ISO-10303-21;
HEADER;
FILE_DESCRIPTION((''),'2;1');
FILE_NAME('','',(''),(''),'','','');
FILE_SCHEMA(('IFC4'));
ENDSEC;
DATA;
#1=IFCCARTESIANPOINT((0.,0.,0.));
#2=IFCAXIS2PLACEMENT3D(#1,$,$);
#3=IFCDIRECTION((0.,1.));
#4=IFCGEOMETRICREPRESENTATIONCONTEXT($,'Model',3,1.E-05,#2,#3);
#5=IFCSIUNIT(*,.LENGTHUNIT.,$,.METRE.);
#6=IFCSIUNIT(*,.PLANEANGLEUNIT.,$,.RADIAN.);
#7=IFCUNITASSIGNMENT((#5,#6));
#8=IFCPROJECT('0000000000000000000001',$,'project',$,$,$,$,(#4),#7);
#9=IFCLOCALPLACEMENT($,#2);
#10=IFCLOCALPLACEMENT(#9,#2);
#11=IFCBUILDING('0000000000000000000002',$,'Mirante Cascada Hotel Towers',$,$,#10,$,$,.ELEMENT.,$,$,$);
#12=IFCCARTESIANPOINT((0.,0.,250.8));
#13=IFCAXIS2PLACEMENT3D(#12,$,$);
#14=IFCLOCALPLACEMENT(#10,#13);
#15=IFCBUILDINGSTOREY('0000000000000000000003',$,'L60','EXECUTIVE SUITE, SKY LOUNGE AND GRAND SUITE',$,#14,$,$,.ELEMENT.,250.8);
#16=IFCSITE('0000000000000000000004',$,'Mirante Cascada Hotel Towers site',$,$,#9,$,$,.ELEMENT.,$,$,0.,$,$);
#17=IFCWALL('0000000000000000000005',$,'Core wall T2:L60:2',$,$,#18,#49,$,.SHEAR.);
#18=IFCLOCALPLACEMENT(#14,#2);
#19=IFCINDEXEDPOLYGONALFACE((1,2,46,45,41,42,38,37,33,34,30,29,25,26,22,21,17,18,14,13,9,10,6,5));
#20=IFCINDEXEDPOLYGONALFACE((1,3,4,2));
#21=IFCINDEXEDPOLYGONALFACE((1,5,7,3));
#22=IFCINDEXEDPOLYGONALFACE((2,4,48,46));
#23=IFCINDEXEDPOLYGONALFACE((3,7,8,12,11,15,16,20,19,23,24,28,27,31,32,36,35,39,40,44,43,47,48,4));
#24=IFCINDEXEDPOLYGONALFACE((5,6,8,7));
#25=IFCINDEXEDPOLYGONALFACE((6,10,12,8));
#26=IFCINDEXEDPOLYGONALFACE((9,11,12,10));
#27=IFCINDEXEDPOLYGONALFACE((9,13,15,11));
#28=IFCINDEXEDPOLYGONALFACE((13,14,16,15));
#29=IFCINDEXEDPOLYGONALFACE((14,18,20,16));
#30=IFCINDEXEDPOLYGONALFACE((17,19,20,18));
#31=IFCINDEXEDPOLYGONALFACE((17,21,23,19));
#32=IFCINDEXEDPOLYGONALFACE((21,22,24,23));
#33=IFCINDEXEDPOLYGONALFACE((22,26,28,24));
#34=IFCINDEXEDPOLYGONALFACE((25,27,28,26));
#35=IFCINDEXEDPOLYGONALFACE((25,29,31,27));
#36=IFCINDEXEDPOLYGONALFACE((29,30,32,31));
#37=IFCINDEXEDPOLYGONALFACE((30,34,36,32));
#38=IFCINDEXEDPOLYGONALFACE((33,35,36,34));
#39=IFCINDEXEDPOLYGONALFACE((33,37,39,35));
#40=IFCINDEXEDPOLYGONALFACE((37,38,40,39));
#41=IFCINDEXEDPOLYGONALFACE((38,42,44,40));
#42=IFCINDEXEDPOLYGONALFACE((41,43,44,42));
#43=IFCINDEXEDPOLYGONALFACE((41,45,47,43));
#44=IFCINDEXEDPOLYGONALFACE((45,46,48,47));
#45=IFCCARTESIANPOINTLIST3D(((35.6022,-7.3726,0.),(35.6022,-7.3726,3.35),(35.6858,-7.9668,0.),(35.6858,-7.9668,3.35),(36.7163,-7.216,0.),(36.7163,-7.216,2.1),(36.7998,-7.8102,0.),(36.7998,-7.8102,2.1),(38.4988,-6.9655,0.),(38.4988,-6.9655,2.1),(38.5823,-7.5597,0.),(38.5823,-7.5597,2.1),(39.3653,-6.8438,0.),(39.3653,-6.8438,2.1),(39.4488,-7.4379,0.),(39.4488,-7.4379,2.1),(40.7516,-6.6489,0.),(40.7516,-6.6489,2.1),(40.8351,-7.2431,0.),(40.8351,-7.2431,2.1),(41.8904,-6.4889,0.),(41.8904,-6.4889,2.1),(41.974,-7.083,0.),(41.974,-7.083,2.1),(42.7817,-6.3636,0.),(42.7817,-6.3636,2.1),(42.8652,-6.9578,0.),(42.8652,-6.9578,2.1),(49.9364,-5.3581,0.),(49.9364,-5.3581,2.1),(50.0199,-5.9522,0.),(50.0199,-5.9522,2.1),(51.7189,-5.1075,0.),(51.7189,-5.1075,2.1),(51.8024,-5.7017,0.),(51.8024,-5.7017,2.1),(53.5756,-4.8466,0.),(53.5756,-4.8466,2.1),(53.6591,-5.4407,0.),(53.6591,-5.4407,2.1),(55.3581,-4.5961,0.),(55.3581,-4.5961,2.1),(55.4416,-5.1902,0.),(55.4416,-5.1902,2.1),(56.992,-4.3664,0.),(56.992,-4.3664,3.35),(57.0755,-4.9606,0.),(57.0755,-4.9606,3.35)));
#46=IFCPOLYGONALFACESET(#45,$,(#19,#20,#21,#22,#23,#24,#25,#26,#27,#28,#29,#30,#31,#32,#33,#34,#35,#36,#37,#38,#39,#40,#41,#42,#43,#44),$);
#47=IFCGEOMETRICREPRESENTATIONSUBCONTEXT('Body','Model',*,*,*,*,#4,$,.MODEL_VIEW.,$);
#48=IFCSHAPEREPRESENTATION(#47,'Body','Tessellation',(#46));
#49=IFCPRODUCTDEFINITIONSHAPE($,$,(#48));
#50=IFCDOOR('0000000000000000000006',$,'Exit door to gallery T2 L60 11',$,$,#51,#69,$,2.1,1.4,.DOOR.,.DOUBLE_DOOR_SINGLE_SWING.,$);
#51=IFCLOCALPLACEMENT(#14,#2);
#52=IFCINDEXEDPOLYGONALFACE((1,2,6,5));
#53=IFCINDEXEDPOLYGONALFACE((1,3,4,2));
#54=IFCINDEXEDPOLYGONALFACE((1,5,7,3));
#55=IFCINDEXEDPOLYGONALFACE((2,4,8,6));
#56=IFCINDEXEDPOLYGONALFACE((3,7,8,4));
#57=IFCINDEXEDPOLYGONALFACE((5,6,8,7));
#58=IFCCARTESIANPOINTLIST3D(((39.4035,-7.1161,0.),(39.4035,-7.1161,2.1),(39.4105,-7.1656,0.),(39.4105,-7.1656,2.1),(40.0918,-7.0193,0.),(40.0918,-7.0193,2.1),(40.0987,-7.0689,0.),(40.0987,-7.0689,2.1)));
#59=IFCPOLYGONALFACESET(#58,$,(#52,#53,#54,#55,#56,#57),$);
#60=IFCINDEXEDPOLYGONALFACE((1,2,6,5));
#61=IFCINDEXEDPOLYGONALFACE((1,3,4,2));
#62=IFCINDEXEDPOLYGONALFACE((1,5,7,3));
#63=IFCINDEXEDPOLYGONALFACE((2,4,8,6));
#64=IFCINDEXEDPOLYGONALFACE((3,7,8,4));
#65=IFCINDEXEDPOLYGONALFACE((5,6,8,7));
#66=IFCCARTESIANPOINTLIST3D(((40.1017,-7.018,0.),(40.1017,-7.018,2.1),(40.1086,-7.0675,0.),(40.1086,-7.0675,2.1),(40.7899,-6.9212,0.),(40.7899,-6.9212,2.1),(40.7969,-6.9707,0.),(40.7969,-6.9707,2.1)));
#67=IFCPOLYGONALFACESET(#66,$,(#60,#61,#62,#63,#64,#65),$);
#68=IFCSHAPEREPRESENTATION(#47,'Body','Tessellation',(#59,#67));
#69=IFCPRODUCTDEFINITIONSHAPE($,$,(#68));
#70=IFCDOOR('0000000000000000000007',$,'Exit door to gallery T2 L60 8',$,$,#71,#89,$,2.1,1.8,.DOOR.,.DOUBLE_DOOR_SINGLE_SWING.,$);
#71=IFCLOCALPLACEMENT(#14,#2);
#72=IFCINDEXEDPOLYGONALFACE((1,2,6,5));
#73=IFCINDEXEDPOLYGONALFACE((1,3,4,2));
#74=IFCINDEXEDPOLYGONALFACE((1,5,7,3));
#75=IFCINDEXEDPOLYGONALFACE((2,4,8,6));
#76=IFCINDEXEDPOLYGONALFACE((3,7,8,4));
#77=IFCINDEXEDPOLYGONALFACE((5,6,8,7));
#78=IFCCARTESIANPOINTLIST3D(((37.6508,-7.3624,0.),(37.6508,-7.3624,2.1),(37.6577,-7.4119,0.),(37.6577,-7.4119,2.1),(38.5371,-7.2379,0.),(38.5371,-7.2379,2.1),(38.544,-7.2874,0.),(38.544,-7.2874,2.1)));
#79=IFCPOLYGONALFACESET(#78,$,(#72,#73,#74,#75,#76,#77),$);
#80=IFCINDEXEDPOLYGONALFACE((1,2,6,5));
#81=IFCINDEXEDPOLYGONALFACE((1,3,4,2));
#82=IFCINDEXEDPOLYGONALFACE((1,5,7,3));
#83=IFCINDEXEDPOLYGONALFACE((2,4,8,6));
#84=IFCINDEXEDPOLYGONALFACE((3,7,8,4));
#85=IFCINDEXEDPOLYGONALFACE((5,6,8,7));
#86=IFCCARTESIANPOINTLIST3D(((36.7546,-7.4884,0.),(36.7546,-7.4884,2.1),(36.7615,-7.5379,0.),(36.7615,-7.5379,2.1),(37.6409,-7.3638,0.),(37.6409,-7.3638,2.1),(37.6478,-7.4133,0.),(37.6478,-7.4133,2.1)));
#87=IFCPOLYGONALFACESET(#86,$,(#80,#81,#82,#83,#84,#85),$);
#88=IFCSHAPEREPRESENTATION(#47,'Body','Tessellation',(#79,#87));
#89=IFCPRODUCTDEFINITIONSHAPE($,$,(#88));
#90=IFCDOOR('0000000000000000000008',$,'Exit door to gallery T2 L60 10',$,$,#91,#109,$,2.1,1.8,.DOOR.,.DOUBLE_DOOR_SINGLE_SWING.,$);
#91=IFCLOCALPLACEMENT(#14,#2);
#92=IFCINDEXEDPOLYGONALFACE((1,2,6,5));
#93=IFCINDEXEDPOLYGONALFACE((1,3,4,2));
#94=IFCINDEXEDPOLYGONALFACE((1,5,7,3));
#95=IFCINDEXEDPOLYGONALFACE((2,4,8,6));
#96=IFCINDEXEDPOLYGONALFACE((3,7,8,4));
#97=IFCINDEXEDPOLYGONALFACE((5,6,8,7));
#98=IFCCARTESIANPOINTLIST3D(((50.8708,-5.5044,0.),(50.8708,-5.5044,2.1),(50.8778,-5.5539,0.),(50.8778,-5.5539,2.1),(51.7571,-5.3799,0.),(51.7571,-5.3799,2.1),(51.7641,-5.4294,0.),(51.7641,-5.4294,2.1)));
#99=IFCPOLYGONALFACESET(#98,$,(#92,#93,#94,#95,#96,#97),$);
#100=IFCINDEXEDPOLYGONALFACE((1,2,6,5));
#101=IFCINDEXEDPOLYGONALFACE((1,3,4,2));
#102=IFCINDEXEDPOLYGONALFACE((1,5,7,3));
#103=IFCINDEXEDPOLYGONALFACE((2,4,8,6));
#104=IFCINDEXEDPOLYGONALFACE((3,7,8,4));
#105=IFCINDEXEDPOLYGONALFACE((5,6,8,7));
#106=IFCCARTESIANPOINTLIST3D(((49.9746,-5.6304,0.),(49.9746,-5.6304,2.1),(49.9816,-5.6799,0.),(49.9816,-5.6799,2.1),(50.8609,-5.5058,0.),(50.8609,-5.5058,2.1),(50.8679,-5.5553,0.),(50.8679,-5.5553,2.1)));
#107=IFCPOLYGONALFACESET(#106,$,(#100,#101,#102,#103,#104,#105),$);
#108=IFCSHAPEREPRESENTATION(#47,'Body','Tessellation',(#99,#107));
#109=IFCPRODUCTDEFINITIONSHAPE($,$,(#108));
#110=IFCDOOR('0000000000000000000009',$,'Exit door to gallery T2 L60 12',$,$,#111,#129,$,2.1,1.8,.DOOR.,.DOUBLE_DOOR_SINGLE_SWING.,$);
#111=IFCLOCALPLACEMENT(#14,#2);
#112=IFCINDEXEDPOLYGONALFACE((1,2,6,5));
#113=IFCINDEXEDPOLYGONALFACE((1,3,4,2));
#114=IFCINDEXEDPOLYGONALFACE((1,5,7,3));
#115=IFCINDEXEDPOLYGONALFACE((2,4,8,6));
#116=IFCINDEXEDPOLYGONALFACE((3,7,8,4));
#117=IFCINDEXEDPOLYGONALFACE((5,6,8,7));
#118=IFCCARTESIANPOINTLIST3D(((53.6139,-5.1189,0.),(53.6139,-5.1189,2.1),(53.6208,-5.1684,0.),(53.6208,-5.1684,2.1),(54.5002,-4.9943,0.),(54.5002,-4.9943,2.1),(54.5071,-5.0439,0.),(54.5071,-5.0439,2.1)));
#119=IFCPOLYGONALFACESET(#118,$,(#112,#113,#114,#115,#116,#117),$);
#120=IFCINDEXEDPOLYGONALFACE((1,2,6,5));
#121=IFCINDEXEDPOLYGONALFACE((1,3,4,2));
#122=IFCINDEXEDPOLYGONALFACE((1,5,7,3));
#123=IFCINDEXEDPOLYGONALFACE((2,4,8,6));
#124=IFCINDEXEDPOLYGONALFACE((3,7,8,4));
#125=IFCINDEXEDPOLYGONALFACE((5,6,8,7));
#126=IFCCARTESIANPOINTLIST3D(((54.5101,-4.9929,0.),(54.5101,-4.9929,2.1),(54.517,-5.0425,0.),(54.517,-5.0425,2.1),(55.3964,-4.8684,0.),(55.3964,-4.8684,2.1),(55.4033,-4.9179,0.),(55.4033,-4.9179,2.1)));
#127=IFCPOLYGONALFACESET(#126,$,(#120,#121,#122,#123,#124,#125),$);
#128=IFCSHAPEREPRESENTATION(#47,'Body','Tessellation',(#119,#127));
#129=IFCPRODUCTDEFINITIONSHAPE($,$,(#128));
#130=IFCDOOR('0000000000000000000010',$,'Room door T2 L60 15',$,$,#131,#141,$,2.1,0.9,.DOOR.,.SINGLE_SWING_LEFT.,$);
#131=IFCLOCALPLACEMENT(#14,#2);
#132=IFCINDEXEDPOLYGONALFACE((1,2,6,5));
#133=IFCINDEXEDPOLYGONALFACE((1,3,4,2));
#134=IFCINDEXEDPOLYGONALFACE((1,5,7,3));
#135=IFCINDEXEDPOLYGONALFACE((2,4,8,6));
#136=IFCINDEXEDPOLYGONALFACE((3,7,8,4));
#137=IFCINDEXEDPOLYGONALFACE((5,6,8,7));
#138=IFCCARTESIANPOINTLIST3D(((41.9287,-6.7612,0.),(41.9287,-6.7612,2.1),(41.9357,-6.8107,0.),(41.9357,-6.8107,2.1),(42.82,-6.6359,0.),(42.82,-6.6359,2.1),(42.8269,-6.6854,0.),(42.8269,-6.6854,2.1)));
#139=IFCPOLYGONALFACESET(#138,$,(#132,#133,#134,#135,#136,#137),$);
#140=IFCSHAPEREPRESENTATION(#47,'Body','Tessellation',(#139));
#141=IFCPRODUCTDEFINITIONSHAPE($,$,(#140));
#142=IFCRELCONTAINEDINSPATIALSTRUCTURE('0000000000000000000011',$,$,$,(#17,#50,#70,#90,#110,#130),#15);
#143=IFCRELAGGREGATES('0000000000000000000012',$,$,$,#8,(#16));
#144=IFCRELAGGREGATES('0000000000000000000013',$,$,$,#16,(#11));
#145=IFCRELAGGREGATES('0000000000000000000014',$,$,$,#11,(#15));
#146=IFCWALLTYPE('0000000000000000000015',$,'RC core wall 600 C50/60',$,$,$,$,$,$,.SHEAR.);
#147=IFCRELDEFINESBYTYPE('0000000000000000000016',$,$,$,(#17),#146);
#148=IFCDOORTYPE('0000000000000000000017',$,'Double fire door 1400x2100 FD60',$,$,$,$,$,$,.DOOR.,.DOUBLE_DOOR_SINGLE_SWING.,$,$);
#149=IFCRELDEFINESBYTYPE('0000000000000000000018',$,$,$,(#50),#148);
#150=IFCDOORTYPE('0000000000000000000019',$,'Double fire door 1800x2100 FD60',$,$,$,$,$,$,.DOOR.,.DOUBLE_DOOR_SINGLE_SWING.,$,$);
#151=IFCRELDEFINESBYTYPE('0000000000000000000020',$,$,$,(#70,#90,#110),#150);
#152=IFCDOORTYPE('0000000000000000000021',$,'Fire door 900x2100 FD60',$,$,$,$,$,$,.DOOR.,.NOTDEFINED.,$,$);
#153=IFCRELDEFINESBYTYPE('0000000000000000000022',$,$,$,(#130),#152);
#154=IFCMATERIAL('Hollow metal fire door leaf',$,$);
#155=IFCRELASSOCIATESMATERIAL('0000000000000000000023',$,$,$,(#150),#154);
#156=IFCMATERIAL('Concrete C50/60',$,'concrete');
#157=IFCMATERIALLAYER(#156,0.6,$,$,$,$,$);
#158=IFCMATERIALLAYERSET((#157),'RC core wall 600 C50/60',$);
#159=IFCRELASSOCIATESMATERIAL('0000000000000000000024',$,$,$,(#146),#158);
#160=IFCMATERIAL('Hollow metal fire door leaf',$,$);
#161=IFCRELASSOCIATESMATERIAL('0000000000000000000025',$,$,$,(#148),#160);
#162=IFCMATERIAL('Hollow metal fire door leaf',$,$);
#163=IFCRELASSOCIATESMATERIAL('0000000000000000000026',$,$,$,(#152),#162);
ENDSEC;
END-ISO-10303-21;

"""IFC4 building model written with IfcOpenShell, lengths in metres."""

from ifc_helpers import new_model, si_unit, direction, frame, frame_2d, origin, place, context, subcontext, project, spatial, rectangle, extrude, material, layer, layer_set, type_object, element, fill, save


model = new_model("IFC4")

# Units and contexts
model_context = context("Model", 3, precision=1e-05, world=origin(), true_north=direction((0.0, 1.0)))
body_context = subcontext(model_context, "Body", "Model", "MODEL_VIEW")
ifc_project = project(units=[si_unit("LENGTHUNIT", "METRE"), si_unit("PLANEANGLEUNIT", "RADIAN")], contexts=[model_context])

# Site, building, storey
site_placement = place(None, origin())
site = spatial("IfcSite", under=ifc_project, at=site_placement, Name="Mirante Cascada Hotel Towers site", CompositionType="ELEMENT", RefElevation=0.0)
building_placement = place(site_placement, origin())
building = spatial("IfcBuilding", under=site, at=building_placement, Name="Mirante Cascada Hotel Towers", CompositionType="ELEMENT")
storey_placement = place(building_placement, frame((0.0, 0.0, 250.8)))
storey = spatial("IfcBuildingStorey", under=building, at=storey_placement, Name="L60", Description="EXECUTIVE SUITE, SKY LOUNGE AND GRAND SUITE", CompositionType="ELEMENT", Elevation=250.8)

# Shared definitions
ifc_material_1 = material(Name="Hollow metal fire door leaf")
door_type_1 = type_object("IfcDoorType", Name="Double fire door 1800x2100 FD60", OperationType="DOUBLE_DOOR_SINGLE_SWING", PredefinedType="DOOR", material=ifc_material_1)

# Wall, openings, doors
ifc_material_2 = material(Name="Concrete C50/60", Category="concrete")
ifc_layer_1 = layer(ifc_material_2, 0.6)
ifc_layer_set_1 = layer_set([ifc_layer_1], Name="RC core wall 600 C50/60")
wall_type_1 = type_object("IfcWallType", Name="RC core wall 600 C50/60", PredefinedType="SHEAR", material=ifc_layer_set_1)
wall_1_placement = place(storey_placement, frame((35.644, -7.6697, 0.0), z_axis=(0.0, 0.0, 1.0), x_axis=(0.990268, 0.139176, 0.0)))
wall_1 = element("IfcWall", 1, at=wall_1_placement, inside=storey, type_object=wall_type_1, Name="Core wall T2:L60:2", PredefinedType="SHEAR", context=body_context, shape_type="SweptSolid", body=[
    extrude(rectangle(XDim=21.6, YDim=0.6, at=frame_2d((10.8, 0.0))), origin(), (0.0, 0.0, 1.0), 3.35),
])
opening_1_placement = place(wall_1_placement, frame((1.125, 0.0, 0.0)))
opening_1 = element("IfcOpeningElement", 2, at=opening_1_placement, cuts=wall_1, PredefinedType="OPENING", context=body_context, shape_type="SweptSolid", body=[
    extrude(rectangle(XDim=1.8, YDim=2.1, at=frame_2d((0.9, 1.05))), frame((0.0, 0.3, 0.0), z_axis=(0.0, -1.0, 0.0), x_axis=(1.0, 0.0, 0.0)), (0.0, 0.0, 1.0), 0.6),
])
opening_2_placement = place(wall_1_placement, frame((14.475, 0.0, 0.0)))
opening_2 = element("IfcOpeningElement", 3, at=opening_2_placement, cuts=wall_1, PredefinedType="OPENING", context=body_context, shape_type="SweptSolid", body=[
    extrude(rectangle(XDim=1.8, YDim=2.1, at=frame_2d((0.9, 1.05))), frame((0.0, 0.3, 0.0), z_axis=(0.0, -1.0, 0.0), x_axis=(1.0, 0.0, 0.0)), (0.0, 0.0, 1.0), 0.6),
])
opening_3_placement = place(wall_1_placement, frame((3.8, 0.0, 0.0)))
opening_3 = element("IfcOpeningElement", 4, at=opening_3_placement, cuts=wall_1, PredefinedType="OPENING", context=body_context, shape_type="SweptSolid", body=[
    extrude(rectangle(XDim=1.4, YDim=2.1, at=frame_2d((0.7, 1.05))), frame((0.0, 0.3, 0.0), z_axis=(0.0, -1.0, 0.0), x_axis=(1.0, 0.0, 0.0)), (0.0, 0.0, 1.0), 0.6),
])
opening_4_placement = place(wall_1_placement, frame((18.15, 0.0, 0.0)))
opening_4 = element("IfcOpeningElement", 5, at=opening_4_placement, cuts=wall_1, PredefinedType="OPENING", context=body_context, shape_type="SweptSolid", body=[
    extrude(rectangle(XDim=1.8, YDim=2.1, at=frame_2d((0.9, 1.05))), frame((0.0, 0.3, 0.0), z_axis=(0.0, -1.0, 0.0), x_axis=(1.0, 0.0, 0.0)), (0.0, 0.0, 1.0), 0.6),
])
opening_5_placement = place(wall_1_placement, frame((6.35, 0.0, 0.0)))
opening_5 = element("IfcOpeningElement", 6, at=opening_5_placement, cuts=wall_1, PredefinedType="OPENING", context=body_context, shape_type="SweptSolid", body=[
    extrude(rectangle(XDim=0.9, YDim=2.1, at=frame_2d((0.45, 1.05))), frame((0.0, 0.3, 0.0), z_axis=(0.0, -1.0, 0.0), x_axis=(1.0, 0.0, 0.0)), (0.0, 0.0, 1.0), 0.6),
])
ifc_material_3 = material(Name="Hollow metal fire door leaf")
door_type_2 = type_object("IfcDoorType", Name="Double fire door 1400x2100 FD60", OperationType="DOUBLE_DOOR_SINGLE_SWING", PredefinedType="DOOR", material=ifc_material_3)
door_1_placement = place(opening_3_placement, origin())
door_1 = element("IfcDoor", 7, at=door_1_placement, inside=storey, type_object=door_type_2, Name="Exit door to gallery T2 L60 11", OperationType="DOUBLE_DOOR_SINGLE_SWING", OverallHeight=2.1, OverallWidth=1.4, PredefinedType="DOOR", context=body_context, shape_type="SweptSolid", body=[
    extrude(rectangle(XDim=0.695, YDim=2.1, at=frame_2d((0.3475, 1.05))), frame((0.0, 0.025, 0.0), z_axis=(0.0, -1.0, 0.0), x_axis=(1.0, 0.0, 0.0)), (0.0, 0.0, 1.0), 0.05),
    extrude(rectangle(XDim=0.695, YDim=2.1, at=frame_2d((1.0525, 1.05))), frame((0.0, 0.025, 0.0), z_axis=(0.0, -1.0, 0.0), x_axis=(1.0, 0.0, 0.0)), (0.0, 0.0, 1.0), 0.05),
])
fill(opening_3, door_1)
door_2_placement = place(opening_1_placement, frame((1.8, 0.0, 0.0), z_axis=(0.0, 0.0, 1.0), x_axis=(-1.0, 0.0, 0.0)))
door_2 = element("IfcDoor", 8, at=door_2_placement, inside=storey, type_object=door_type_1, Name="Exit door to gallery T2 L60 8", OperationType="DOUBLE_DOOR_SINGLE_SWING", OverallHeight=2.1, OverallWidth=1.8, PredefinedType="DOOR", context=body_context, shape_type="SweptSolid", body=[
    extrude(rectangle(XDim=0.895, YDim=2.1, at=frame_2d((0.4475, 1.05))), frame((0.0, 0.025, 0.0), z_axis=(0.0, -1.0, 0.0), x_axis=(1.0, 0.0, 0.0)), (0.0, 0.0, 1.0), 0.05),
    extrude(rectangle(XDim=0.895, YDim=2.1, at=frame_2d((1.3525, 1.05))), frame((0.0, 0.025, 0.0), z_axis=(0.0, -1.0, 0.0), x_axis=(1.0, 0.0, 0.0)), (0.0, 0.0, 1.0), 0.05),
])
fill(opening_1, door_2)
door_3_placement = place(opening_2_placement, frame((1.8, 0.0, 0.0), z_axis=(0.0, 0.0, 1.0), x_axis=(-1.0, 0.0, 0.0)))
door_3 = element("IfcDoor", 9, at=door_3_placement, inside=storey, type_object=door_type_1, Name="Exit door to gallery T2 L60 10", OperationType="DOUBLE_DOOR_SINGLE_SWING", OverallHeight=2.1, OverallWidth=1.8, PredefinedType="DOOR", context=body_context, shape_type="SweptSolid", body=[
    extrude(rectangle(XDim=0.895, YDim=2.1, at=frame_2d((0.4475, 1.05))), frame((0.0, 0.025, 0.0), z_axis=(0.0, -1.0, 0.0), x_axis=(1.0, 0.0, 0.0)), (0.0, 0.0, 1.0), 0.05),
    extrude(rectangle(XDim=0.895, YDim=2.1, at=frame_2d((1.3525, 1.05))), frame((0.0, 0.025, 0.0), z_axis=(0.0, -1.0, 0.0), x_axis=(1.0, 0.0, 0.0)), (0.0, 0.0, 1.0), 0.05),
])
fill(opening_2, door_3)
door_4_placement = place(opening_4_placement, origin())
door_4 = element("IfcDoor", 10, at=door_4_placement, inside=storey, type_object=door_type_1, Name="Exit door to gallery T2 L60 12", OperationType="DOUBLE_DOOR_SINGLE_SWING", OverallHeight=2.1, OverallWidth=1.8, PredefinedType="DOOR", context=body_context, shape_type="SweptSolid", body=[
    extrude(rectangle(XDim=0.895, YDim=2.1, at=frame_2d((0.4475, 1.05))), frame((0.0, 0.025, 0.0), z_axis=(0.0, -1.0, 0.0), x_axis=(1.0, 0.0, 0.0)), (0.0, 0.0, 1.0), 0.05),
    extrude(rectangle(XDim=0.895, YDim=2.1, at=frame_2d((1.3525, 1.05))), frame((0.0, 0.025, 0.0), z_axis=(0.0, -1.0, 0.0), x_axis=(1.0, 0.0, 0.0)), (0.0, 0.0, 1.0), 0.05),
])
fill(opening_4, door_4)
ifc_material_4 = material(Name="Hollow metal fire door leaf")
door_type_3 = type_object("IfcDoorType", Name="Fire door 900x2100 FD60", OperationType="NOTDEFINED", PredefinedType="DOOR", material=ifc_material_4)
door_5_placement = place(opening_5_placement, frame((0.9, 0.0, 0.0), z_axis=(0.0, 0.0, 1.0), x_axis=(-1.0, 0.0, 0.0)))
door_5 = element("IfcDoor", 11, at=door_5_placement, inside=storey, type_object=door_type_3, Name="Room door T2 L60 15", OperationType="SINGLE_SWING_LEFT", OverallHeight=2.1, OverallWidth=0.9, PredefinedType="DOOR", context=body_context, shape_type="SweptSolid", body=[
    extrude(rectangle(XDim=0.9, YDim=2.1, at=frame_2d((0.45, 1.05))), frame((0.0, 0.025, 0.0), z_axis=(0.0, -1.0, 0.0), x_axis=(1.0, 0.0, 0.0)), (0.0, 0.0, 1.0), 0.05),
])
fill(opening_5, door_5)

save(model, "model.ifc")
